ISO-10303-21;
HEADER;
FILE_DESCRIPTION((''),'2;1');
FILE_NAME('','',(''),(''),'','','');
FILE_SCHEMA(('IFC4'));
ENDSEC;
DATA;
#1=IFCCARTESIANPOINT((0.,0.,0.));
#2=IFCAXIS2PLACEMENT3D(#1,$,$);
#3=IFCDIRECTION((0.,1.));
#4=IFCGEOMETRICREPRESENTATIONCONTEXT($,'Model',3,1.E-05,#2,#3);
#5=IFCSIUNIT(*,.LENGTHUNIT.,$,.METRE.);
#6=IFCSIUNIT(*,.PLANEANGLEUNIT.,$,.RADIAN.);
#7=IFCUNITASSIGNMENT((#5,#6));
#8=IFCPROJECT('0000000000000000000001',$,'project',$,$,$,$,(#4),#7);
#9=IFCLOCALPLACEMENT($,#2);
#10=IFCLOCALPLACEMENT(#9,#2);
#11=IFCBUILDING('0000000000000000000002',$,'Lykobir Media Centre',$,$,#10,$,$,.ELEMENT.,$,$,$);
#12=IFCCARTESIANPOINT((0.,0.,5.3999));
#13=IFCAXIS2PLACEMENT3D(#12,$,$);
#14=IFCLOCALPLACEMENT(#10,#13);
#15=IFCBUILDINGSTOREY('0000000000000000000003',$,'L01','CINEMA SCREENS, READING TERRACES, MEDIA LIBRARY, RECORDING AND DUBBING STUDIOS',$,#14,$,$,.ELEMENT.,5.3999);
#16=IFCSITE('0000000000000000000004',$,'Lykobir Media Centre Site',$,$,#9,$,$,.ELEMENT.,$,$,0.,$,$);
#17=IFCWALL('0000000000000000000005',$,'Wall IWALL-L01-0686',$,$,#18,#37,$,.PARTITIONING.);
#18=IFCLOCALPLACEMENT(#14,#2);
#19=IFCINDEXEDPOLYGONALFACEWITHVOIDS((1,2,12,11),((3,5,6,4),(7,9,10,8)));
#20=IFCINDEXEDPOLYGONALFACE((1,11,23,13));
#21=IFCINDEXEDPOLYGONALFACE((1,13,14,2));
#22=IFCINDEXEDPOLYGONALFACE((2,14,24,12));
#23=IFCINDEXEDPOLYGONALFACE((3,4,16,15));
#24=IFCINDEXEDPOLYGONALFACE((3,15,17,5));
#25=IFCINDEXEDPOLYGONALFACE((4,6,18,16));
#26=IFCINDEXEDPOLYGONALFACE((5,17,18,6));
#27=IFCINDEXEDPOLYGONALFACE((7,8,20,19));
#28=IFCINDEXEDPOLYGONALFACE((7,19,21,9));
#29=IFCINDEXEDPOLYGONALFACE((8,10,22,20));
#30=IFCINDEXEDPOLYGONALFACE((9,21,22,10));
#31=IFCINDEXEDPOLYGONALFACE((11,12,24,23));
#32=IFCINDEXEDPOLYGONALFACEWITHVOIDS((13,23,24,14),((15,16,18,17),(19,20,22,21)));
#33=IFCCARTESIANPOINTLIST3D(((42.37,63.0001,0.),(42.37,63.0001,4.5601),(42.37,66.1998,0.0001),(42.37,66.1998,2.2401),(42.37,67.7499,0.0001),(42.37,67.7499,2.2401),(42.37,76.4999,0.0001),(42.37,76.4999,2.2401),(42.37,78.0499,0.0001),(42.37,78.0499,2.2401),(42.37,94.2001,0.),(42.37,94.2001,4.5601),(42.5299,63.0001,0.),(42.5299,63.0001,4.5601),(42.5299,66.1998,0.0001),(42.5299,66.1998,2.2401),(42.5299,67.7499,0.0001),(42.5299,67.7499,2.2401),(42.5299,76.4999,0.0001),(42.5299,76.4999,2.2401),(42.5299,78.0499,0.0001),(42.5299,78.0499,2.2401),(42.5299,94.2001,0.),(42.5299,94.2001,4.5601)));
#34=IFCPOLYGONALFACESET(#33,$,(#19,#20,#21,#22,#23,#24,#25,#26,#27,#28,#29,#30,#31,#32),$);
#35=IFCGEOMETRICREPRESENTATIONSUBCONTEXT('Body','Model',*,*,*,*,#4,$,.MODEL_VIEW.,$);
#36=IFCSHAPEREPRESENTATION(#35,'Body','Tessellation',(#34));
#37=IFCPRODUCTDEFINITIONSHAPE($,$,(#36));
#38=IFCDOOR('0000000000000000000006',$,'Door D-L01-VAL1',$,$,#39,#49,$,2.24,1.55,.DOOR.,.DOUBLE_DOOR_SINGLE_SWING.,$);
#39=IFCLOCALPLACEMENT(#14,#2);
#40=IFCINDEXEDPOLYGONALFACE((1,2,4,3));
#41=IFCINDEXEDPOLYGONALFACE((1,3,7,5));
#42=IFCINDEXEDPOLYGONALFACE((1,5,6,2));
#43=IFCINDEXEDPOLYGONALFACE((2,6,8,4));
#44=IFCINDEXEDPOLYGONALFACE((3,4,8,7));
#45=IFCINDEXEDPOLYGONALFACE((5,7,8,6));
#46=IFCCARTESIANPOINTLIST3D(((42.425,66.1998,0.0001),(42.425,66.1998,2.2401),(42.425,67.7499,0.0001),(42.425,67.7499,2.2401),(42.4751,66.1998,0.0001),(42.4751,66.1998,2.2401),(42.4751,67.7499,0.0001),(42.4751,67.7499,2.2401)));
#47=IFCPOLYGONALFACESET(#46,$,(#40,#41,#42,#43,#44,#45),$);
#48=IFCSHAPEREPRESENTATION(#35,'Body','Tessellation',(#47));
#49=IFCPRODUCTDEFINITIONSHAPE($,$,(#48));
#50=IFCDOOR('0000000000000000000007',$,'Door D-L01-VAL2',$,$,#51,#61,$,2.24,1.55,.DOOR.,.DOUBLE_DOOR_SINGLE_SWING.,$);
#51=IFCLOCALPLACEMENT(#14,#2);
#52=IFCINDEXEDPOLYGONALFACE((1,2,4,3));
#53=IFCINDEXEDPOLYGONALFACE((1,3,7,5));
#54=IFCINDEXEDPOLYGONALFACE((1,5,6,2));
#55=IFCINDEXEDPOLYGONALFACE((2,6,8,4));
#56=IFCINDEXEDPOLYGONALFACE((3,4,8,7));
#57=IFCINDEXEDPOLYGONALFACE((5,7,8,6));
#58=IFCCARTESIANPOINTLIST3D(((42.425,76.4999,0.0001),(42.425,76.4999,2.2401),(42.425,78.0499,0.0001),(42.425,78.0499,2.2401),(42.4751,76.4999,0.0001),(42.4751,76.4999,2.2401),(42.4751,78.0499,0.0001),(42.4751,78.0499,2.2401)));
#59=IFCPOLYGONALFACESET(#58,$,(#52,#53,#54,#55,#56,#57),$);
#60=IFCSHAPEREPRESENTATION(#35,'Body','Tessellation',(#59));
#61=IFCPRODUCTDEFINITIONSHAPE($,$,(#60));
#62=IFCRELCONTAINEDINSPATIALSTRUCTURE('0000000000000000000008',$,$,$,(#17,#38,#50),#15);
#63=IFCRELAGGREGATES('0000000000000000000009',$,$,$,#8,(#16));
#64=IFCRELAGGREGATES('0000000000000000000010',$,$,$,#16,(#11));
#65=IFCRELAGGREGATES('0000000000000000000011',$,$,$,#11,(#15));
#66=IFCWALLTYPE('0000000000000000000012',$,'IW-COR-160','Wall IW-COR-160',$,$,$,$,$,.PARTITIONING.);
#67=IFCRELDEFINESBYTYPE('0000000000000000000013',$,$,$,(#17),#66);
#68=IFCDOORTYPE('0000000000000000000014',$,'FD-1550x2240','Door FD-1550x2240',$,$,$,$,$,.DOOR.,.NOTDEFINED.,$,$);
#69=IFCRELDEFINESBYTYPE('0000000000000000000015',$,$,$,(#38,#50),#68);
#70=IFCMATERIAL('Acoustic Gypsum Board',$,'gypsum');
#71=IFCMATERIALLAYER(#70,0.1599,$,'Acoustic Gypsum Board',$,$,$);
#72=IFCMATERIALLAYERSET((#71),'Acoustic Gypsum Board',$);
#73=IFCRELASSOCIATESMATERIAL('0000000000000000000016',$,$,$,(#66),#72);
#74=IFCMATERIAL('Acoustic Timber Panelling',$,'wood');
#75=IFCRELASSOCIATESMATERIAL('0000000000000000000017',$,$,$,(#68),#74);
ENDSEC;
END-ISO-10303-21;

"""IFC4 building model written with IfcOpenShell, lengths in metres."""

from ifc_helpers import new_model, si_unit, direction, frame, frame_2d, origin, place, context, subcontext, project, spatial, rectangle, extrude, material, layer, layer_set, type_object, element, fill, save


model = new_model("IFC4")

# Units and contexts
model_context = context("Model", 3, precision=1e-05, world=origin(), true_north=direction((0.0, 1.0)))
body_context = subcontext(model_context, "Body", "Model", "MODEL_VIEW")
ifc_project = project(units=[si_unit("LENGTHUNIT", "METRE"), si_unit("PLANEANGLEUNIT", "RADIAN")], contexts=[model_context])

# Site, building, storey
site_placement = place(None, origin())
site = spatial("IfcSite", under=ifc_project, at=site_placement, Name="Lykobir Media Centre Site", CompositionType="ELEMENT", RefElevation=0.0)
building_placement = place(site_placement, origin())
building = spatial("IfcBuilding", under=site, at=building_placement, Name="Lykobir Media Centre", CompositionType="ELEMENT")
storey_placement = place(building_placement, frame((0.0, 0.0, 5.3999)))
storey = spatial("IfcBuildingStorey", under=building, at=storey_placement, Name="L01", Description="CINEMA SCREENS, READING TERRACES, MEDIA LIBRARY, RECORDING AND DUBBING STUDIOS", CompositionType="ELEMENT", Elevation=5.3999)

# Wall, openings, doors
ifc_material_1 = material(Name="Acoustic Gypsum Board", Category="gypsum")
ifc_layer_1 = layer(ifc_material_1, 0.1599, Name="Acoustic Gypsum Board")
ifc_layer_set_1 = layer_set([ifc_layer_1], Name="Acoustic Gypsum Board")
wall_type = type_object("IfcWallType", Name="IW-COR-160", Description="Wall IW-COR-160", PredefinedType="PARTITIONING", material=ifc_layer_set_1)
wall_placement = place(storey_placement, frame((42.45, 63.0, 0.0), z_axis=(0.0, 0.0, 1.0), x_axis=(0.0, 1.0, 0.0)))
wall = element("IfcWall", 1, at=wall_placement, inside=storey, type_object=wall_type, Name="Wall IWALL-L01-0686", PredefinedType="PARTITIONING", context=body_context, shape_type="SweptSolid", body=[
    extrude(rectangle(XDim=31.2, YDim=0.1599, at=frame_2d((15.6001, 0.0))), origin(), (0.0, 0.0, 1.0), 4.5601),
])
opening_1_placement = place(wall_placement, frame((3.2, 0.0, 0.0)))
opening_1 = element("IfcOpeningElement", 2, at=opening_1_placement, cuts=wall, PredefinedType="OPENING", context=body_context, shape_type="SweptSolid", body=[
    extrude(rectangle(XDim=1.55, YDim=2.24, at=frame_2d((0.7749, 1.1201))), frame((0.0, 0.0898, 0.0), z_axis=(0.0, -1.0, 0.0), x_axis=(1.0, 0.0, 0.0)), (0.0, 0.0, 1.0), 0.1799),
])
opening_2_placement = place(wall_placement, frame((13.5, 0.0, 0.0)))
opening_2 = element("IfcOpeningElement", 3, at=opening_2_placement, cuts=wall, PredefinedType="OPENING", context=body_context, shape_type="SweptSolid", body=[
    extrude(rectangle(XDim=1.55, YDim=2.24, at=frame_2d((0.7749, 1.1201))), frame((0.0, 0.0898, 0.0), z_axis=(0.0, -1.0, 0.0), x_axis=(1.0, 0.0, 0.0)), (0.0, 0.0, 1.0), 0.1799),
])
ifc_material_2 = material(Name="Acoustic Timber Panelling", Category="wood")
door_type = type_object("IfcDoorType", Name="FD-1550x2240", Description="Door FD-1550x2240", OperationType="NOTDEFINED", PredefinedType="DOOR", material=ifc_material_2)
door_1_placement = place(opening_1_placement, origin())
door_1 = element("IfcDoor", 4, at=door_1_placement, inside=storey, type_object=door_type, Name="Door D-L01-VAL1", OperationType="DOUBLE_DOOR_SINGLE_SWING", OverallHeight=2.24, OverallWidth=1.55, PredefinedType="DOOR", context=body_context, shape_type="SweptSolid", body=[
    extrude(rectangle(XDim=1.55, YDim=2.24, at=frame_2d((0.7749, 1.1201))), frame((0.0, 0.0249, 0.0), z_axis=(0.0, -1.0, 0.0), x_axis=(1.0, 0.0, 0.0)), (0.0, 0.0, 1.0), 0.05),
])
fill(opening_1, door_1)
door_2_placement = place(opening_2_placement, origin())
door_2 = element("IfcDoor", 5, at=door_2_placement, inside=storey, type_object=door_type, Name="Door D-L01-VAL2", OperationType="DOUBLE_DOOR_SINGLE_SWING", OverallHeight=2.24, OverallWidth=1.55, PredefinedType="DOOR", context=body_context, shape_type="SweptSolid", body=[
    extrude(rectangle(XDim=1.55, YDim=2.24, at=frame_2d((0.7749, 1.1201))), frame((0.0, 0.0249, 0.0), z_axis=(0.0, -1.0, 0.0), x_axis=(1.0, 0.0, 0.0)), (0.0, 0.0, 1.0), 0.05),
])
fill(opening_2, door_2)

save(model, "model.ifc")
